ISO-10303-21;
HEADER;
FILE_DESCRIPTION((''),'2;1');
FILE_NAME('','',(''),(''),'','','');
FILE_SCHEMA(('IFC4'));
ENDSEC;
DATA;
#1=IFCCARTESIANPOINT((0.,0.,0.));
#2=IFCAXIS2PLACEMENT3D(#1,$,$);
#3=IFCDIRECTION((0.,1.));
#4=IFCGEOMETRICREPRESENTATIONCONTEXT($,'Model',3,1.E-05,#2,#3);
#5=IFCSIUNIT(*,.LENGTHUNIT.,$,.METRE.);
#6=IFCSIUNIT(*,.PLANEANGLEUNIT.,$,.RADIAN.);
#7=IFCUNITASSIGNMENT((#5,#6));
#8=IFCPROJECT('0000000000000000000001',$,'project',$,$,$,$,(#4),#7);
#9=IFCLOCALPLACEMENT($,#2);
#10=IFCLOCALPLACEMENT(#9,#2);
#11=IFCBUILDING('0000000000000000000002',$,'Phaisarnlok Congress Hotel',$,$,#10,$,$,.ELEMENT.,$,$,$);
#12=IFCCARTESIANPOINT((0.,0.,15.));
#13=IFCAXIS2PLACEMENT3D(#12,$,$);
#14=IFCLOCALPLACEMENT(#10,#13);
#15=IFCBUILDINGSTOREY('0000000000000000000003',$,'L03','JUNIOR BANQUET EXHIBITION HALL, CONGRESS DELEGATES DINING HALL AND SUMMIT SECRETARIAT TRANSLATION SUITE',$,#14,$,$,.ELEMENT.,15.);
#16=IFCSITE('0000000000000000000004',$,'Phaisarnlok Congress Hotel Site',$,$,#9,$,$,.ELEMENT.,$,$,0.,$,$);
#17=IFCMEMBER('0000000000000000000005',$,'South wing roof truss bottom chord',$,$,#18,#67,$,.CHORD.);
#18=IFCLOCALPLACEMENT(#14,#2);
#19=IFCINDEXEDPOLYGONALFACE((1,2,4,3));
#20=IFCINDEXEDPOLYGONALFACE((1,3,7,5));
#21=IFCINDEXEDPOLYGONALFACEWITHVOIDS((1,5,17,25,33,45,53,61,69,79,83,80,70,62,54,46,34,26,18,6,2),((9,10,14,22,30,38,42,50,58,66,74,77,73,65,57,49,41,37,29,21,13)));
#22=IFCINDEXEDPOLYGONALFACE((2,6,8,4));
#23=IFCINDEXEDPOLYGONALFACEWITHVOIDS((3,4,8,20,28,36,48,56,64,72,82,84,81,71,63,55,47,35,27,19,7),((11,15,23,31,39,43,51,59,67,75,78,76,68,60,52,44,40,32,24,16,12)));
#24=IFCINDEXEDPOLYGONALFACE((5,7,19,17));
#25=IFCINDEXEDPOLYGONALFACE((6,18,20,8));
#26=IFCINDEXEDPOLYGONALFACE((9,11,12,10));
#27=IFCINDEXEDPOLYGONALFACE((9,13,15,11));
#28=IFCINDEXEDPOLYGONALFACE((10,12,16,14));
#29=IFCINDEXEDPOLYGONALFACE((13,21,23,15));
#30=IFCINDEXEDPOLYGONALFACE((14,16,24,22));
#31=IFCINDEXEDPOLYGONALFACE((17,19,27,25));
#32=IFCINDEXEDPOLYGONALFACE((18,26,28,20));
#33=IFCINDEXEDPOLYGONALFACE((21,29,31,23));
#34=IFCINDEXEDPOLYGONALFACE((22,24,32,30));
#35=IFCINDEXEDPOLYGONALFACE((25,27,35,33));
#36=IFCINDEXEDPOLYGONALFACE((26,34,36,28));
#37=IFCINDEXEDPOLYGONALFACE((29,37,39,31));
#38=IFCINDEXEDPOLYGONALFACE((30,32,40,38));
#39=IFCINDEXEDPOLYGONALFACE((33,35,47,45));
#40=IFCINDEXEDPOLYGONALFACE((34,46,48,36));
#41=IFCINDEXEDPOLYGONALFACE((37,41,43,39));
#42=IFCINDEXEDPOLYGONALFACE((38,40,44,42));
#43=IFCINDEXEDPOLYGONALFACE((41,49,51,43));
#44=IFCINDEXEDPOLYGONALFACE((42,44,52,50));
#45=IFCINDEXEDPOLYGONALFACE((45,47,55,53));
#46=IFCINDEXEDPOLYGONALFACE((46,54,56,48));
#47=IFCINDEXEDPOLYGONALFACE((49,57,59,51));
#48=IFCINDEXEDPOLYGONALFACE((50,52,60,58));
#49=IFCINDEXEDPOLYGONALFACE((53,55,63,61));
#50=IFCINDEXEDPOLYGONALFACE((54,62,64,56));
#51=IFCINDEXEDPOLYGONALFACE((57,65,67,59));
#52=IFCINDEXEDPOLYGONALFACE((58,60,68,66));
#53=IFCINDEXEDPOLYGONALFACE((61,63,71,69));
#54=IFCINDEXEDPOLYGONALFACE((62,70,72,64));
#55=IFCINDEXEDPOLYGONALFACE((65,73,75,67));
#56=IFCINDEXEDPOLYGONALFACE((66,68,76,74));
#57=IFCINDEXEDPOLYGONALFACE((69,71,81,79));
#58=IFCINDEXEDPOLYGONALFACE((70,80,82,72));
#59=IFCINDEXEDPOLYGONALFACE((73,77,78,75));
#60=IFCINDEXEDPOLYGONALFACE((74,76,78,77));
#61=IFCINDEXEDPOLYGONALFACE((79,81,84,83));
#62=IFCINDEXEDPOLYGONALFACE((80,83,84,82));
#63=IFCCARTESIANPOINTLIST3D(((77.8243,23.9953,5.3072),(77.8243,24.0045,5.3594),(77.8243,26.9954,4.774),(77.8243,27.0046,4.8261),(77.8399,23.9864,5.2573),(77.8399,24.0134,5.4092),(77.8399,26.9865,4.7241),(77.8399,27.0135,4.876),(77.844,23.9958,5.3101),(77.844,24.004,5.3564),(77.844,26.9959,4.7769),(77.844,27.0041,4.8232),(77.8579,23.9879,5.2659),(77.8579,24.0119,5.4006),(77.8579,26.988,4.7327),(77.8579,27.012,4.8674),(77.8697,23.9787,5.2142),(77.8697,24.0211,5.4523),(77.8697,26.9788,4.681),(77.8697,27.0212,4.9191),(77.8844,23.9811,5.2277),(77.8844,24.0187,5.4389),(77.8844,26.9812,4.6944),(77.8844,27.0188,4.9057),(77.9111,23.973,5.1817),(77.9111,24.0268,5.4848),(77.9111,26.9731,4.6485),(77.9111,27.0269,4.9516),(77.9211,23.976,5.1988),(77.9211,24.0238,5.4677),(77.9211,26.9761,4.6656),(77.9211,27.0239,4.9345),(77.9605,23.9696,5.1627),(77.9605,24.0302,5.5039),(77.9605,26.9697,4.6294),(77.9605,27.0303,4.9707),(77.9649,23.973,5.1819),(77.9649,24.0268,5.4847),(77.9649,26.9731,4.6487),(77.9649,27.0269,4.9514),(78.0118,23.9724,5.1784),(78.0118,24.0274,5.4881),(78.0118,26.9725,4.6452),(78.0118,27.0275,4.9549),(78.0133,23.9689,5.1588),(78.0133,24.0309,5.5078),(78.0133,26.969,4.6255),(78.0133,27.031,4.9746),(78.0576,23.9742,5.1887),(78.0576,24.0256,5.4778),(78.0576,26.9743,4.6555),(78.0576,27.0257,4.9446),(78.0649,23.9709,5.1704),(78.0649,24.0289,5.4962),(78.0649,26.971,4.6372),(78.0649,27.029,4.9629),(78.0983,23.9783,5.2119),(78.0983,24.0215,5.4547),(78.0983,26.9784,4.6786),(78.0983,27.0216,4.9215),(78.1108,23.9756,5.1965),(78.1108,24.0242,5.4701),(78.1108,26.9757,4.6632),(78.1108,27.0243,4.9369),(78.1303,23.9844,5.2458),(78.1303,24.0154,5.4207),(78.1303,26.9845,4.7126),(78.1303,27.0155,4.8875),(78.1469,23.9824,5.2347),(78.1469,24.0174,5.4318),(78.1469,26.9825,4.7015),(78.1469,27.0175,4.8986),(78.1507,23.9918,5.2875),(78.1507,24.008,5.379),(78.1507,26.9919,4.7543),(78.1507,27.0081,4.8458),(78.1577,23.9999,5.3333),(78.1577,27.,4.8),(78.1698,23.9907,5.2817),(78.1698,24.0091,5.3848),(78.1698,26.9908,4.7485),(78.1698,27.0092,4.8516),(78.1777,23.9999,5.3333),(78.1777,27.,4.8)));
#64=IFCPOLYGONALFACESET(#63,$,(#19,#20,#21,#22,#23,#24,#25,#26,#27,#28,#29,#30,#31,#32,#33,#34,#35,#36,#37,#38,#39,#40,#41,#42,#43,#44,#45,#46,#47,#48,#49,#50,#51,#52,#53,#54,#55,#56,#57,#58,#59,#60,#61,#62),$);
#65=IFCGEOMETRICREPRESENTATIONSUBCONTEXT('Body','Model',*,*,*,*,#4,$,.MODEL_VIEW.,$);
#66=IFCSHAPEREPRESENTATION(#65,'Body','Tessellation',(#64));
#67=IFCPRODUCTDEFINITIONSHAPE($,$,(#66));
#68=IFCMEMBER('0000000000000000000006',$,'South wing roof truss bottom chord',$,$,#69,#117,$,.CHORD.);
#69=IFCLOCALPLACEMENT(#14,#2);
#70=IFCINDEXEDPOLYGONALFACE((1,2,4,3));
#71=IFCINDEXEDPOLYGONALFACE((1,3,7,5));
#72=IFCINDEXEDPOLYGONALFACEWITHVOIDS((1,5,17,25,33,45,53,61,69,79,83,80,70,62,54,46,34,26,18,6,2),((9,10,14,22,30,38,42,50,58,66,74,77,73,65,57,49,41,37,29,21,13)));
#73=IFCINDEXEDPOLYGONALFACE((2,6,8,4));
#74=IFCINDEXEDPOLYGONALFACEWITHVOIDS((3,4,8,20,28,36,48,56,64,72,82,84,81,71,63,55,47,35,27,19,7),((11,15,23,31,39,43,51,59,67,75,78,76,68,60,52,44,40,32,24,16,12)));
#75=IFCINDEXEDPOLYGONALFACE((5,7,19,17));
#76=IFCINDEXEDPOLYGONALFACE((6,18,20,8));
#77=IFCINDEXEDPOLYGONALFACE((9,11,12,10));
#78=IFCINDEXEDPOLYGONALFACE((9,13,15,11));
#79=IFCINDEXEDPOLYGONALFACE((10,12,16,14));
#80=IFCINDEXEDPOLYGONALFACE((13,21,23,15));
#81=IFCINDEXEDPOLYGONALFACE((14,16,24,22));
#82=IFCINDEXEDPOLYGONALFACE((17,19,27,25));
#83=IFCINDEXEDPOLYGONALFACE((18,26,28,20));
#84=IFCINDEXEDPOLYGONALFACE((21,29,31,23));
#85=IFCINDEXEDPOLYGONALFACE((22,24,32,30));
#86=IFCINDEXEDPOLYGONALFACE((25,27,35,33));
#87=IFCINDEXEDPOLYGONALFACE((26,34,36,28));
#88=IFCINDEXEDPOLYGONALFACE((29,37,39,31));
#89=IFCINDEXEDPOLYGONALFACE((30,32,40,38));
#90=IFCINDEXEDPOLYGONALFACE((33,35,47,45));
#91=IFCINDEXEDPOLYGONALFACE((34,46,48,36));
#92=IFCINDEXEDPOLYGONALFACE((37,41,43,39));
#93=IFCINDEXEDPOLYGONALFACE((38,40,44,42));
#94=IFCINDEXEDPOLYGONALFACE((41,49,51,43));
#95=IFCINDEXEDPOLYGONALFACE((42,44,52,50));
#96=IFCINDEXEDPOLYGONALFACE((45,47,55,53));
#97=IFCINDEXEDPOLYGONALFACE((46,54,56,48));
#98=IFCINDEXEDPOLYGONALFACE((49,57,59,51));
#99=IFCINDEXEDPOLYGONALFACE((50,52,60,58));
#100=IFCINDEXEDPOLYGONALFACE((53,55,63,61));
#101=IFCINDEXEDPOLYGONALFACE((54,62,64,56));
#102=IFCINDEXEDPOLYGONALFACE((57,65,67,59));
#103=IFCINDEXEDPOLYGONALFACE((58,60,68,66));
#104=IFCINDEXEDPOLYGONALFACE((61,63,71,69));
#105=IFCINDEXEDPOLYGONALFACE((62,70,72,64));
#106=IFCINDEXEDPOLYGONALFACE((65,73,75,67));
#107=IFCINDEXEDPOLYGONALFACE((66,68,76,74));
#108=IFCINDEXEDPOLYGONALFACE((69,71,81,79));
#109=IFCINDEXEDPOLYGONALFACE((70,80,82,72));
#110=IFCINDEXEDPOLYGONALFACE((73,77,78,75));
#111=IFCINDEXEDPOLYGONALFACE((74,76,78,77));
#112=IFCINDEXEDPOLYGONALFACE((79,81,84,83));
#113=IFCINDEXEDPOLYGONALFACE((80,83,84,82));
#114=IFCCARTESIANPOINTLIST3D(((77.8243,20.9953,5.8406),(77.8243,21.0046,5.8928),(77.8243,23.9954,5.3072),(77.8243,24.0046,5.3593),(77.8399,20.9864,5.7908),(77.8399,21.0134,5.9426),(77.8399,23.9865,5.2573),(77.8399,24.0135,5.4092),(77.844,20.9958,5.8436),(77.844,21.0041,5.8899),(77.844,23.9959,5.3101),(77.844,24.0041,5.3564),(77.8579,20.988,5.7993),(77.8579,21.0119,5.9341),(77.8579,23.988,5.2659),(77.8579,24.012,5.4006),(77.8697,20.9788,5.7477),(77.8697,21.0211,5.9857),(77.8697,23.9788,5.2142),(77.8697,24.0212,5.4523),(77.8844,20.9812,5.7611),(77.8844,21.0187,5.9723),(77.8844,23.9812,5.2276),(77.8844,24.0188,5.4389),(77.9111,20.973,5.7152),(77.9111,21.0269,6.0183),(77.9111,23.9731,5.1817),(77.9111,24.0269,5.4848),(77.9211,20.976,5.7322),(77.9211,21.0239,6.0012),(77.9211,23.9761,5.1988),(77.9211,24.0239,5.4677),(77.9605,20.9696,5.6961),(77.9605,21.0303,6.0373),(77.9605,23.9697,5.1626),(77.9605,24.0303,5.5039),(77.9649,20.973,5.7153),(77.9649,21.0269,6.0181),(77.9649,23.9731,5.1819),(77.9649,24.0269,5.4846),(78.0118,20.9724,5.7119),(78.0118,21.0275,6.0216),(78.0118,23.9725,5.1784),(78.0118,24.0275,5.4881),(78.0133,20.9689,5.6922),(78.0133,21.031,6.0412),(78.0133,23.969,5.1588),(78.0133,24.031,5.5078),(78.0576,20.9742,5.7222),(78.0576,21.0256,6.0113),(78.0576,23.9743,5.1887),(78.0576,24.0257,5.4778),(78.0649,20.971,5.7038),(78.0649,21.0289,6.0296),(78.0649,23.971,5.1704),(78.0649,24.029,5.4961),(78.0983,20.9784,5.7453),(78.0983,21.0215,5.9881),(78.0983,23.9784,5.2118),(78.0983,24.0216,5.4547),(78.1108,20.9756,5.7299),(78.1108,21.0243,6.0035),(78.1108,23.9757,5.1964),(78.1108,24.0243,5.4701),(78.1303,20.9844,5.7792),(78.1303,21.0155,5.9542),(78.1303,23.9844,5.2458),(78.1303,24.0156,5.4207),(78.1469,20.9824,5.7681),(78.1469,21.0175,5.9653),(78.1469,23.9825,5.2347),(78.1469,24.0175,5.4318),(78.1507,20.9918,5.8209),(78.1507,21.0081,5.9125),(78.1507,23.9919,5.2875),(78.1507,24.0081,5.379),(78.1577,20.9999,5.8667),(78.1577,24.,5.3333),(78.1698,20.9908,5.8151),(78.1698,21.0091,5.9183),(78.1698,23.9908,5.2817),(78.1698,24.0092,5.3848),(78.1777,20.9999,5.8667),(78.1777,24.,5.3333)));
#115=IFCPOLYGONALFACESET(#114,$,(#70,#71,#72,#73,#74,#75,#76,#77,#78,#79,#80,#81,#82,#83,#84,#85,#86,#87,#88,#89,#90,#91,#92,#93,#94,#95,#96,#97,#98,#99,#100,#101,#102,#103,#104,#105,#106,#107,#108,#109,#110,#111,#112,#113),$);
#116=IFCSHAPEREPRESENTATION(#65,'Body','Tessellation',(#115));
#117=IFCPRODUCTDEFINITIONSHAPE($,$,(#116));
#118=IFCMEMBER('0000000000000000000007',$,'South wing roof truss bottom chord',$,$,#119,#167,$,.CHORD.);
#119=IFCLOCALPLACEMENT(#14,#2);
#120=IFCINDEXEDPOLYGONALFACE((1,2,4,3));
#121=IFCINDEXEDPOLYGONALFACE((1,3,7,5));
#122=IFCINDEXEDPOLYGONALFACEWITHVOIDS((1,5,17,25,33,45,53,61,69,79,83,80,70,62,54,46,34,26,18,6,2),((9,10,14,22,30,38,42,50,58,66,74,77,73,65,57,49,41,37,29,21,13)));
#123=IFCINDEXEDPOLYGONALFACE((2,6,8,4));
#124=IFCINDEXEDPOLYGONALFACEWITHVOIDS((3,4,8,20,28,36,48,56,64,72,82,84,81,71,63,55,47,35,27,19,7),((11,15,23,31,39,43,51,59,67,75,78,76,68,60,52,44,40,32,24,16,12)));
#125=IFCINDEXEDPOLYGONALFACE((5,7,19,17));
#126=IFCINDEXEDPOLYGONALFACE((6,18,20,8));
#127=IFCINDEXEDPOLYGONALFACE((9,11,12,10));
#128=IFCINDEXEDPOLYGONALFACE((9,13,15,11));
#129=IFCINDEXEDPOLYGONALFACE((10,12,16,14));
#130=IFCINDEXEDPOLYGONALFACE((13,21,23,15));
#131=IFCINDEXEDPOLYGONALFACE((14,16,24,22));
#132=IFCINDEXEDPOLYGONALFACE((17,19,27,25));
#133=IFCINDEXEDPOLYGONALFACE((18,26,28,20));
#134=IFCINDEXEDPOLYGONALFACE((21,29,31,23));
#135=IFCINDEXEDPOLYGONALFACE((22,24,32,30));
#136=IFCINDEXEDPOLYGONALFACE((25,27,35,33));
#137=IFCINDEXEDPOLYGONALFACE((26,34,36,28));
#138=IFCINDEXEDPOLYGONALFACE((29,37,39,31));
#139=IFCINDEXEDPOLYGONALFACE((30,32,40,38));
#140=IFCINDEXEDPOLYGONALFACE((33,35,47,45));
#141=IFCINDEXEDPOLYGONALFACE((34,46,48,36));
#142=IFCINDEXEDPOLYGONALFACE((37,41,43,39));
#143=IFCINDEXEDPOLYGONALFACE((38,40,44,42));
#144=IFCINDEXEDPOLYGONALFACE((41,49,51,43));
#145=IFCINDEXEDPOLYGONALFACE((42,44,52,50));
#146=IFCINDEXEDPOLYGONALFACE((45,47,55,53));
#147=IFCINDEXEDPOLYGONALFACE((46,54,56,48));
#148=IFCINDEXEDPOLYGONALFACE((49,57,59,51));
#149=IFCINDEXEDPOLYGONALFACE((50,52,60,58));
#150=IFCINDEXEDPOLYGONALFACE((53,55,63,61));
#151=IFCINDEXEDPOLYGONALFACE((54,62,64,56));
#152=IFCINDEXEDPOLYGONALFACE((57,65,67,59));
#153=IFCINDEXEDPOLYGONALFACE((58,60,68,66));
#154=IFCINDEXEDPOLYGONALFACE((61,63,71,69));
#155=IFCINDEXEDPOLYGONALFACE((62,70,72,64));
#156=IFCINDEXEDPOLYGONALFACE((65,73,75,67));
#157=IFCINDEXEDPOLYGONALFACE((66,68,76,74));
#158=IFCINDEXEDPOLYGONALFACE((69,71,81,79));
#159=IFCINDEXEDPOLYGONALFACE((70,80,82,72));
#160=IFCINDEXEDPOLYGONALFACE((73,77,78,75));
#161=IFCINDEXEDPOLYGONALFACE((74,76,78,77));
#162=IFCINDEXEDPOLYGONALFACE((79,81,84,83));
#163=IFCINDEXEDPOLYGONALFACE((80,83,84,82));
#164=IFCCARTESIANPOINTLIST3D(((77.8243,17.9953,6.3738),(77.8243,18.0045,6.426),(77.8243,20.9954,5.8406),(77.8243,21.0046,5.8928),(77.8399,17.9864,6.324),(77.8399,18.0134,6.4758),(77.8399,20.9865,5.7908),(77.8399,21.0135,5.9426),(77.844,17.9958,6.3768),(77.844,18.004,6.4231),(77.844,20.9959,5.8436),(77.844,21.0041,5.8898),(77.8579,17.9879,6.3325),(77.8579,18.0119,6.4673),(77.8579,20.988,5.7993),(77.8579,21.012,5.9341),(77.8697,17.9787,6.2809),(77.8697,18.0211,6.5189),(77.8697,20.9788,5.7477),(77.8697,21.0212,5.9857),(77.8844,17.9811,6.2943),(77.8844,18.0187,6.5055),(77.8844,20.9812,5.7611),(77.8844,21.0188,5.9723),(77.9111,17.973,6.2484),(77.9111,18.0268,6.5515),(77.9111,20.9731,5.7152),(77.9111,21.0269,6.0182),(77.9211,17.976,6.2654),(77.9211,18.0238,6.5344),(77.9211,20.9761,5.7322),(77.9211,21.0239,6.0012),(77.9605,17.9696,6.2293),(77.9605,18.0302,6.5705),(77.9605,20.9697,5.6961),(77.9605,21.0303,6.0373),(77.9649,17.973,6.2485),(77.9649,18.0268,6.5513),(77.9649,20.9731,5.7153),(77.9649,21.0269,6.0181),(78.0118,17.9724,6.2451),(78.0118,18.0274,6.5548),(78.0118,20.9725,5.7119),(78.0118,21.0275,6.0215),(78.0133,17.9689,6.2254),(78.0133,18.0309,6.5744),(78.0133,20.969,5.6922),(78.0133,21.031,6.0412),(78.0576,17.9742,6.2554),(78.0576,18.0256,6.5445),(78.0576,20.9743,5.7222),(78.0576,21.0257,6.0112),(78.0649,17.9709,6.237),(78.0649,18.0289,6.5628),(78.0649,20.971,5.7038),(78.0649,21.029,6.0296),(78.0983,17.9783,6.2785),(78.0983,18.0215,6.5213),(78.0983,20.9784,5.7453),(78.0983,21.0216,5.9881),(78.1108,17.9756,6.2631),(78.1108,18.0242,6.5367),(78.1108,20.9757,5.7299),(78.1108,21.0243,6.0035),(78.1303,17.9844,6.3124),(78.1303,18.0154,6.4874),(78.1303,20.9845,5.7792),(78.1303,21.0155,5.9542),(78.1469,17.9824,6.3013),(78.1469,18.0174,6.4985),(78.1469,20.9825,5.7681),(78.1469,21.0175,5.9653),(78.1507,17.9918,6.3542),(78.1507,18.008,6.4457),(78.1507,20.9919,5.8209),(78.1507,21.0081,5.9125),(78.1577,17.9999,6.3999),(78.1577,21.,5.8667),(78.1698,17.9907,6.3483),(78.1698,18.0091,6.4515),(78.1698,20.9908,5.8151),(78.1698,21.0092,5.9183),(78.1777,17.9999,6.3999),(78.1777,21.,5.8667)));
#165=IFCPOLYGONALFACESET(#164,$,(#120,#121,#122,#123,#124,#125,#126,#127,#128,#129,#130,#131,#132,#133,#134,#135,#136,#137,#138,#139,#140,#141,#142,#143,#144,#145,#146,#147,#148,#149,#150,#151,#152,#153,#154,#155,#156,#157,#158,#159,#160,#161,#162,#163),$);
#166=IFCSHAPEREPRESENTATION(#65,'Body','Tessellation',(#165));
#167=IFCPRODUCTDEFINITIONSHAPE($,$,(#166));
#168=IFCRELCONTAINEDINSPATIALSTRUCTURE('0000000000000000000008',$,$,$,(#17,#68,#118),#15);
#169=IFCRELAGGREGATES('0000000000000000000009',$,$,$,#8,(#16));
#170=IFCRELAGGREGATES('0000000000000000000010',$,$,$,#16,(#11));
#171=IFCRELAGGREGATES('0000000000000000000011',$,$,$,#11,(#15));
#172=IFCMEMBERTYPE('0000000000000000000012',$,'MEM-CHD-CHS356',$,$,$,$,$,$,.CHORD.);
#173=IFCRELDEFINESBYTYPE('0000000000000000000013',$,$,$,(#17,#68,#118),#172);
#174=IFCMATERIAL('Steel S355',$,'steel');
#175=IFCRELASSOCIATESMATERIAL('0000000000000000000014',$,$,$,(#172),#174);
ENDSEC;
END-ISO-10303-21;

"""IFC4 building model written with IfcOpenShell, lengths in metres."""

from ifc_helpers import new_model, si_unit, direction, frame, origin, origin_2d, place, context, subcontext, project, spatial, hollow_circle, extrude, material, material_profile, profile_set, type_object, element, save


model = new_model("IFC4")

# Units and contexts
model_context = context("Model", 3, precision=1e-05, world=origin(), true_north=direction((0.0, 1.0)))
body_context = subcontext(model_context, "Body", "Model", "MODEL_VIEW")
ifc_project = project(units=[si_unit("LENGTHUNIT", "METRE"), si_unit("PLANEANGLEUNIT", "RADIAN")], contexts=[model_context])

# Site, building, storey
site_placement = place(None, origin())
site = spatial("IfcSite", under=ifc_project, at=site_placement, Name="Phaisarnlok Congress Hotel Site", CompositionType="ELEMENT", RefElevation=0.0)
building_placement = place(site_placement, origin())
building = spatial("IfcBuilding", under=site, at=building_placement, Name="Phaisarnlok Congress Hotel", CompositionType="ELEMENT")
storey_placement = place(building_placement, frame((0.0, 0.0, 15.0)))
storey = spatial("IfcBuildingStorey", under=building, at=storey_placement, Name="L03", Description="JUNIOR BANQUET EXHIBITION HALL, CONGRESS DELEGATES DINING HALL AND SUMMIT SECRETARIAT TRANSLATION SUITE", CompositionType="ELEMENT", Elevation=15.0)

# Shared definitions
ifc_material_1 = material(Name="Steel S355", Category="steel")

# Members
ifc_material_profile_1 = material_profile(ifc_material_1, hollow_circle(Radius=0.1777, WallThickness=0.02, at=origin_2d()), Name="CHS 355.6x20")
ifc_profile_set_1 = profile_set([ifc_material_profile_1], Name="Steel S355")
member_type_1 = type_object("IfcMemberType", Name="MEM-CHD-CHS356", PredefinedType="CHORD", material=ifc_profile_set_1)
for number, where, z_axis, x_axis, name in (
    (1, (78.0, 27.0, 4.8), (0.0, -0.98457, 0.174992), (1.0, 0.0, 0.0), "South wing roof truss bottom chord"),
    (2, (78.0, 24.0, 5.3333), (0.0, -0.984556, 0.17507), (1.0, 0.0, 0.0), "South wing roof truss bottom chord"),
    (3, (78.0, 21.0, 5.8667), (0.0, -0.98457, 0.174992), (1.0, 0.0, 0.0), "South wing roof truss bottom chord"),
):
    element("IfcMember", number, at=place(storey_placement, frame(where, z_axis=z_axis, x_axis=x_axis)), inside=storey, type_object=member_type_1, Name=name, PredefinedType="CHORD", context=body_context, shape_type="SweptSolid", body=[
        extrude(hollow_circle(Radius=0.1777, WallThickness=0.02, at=origin_2d()), origin(), (0.0, 0.0, 1.0), 3.0471),
    ])

save(model, "model.ifc")
